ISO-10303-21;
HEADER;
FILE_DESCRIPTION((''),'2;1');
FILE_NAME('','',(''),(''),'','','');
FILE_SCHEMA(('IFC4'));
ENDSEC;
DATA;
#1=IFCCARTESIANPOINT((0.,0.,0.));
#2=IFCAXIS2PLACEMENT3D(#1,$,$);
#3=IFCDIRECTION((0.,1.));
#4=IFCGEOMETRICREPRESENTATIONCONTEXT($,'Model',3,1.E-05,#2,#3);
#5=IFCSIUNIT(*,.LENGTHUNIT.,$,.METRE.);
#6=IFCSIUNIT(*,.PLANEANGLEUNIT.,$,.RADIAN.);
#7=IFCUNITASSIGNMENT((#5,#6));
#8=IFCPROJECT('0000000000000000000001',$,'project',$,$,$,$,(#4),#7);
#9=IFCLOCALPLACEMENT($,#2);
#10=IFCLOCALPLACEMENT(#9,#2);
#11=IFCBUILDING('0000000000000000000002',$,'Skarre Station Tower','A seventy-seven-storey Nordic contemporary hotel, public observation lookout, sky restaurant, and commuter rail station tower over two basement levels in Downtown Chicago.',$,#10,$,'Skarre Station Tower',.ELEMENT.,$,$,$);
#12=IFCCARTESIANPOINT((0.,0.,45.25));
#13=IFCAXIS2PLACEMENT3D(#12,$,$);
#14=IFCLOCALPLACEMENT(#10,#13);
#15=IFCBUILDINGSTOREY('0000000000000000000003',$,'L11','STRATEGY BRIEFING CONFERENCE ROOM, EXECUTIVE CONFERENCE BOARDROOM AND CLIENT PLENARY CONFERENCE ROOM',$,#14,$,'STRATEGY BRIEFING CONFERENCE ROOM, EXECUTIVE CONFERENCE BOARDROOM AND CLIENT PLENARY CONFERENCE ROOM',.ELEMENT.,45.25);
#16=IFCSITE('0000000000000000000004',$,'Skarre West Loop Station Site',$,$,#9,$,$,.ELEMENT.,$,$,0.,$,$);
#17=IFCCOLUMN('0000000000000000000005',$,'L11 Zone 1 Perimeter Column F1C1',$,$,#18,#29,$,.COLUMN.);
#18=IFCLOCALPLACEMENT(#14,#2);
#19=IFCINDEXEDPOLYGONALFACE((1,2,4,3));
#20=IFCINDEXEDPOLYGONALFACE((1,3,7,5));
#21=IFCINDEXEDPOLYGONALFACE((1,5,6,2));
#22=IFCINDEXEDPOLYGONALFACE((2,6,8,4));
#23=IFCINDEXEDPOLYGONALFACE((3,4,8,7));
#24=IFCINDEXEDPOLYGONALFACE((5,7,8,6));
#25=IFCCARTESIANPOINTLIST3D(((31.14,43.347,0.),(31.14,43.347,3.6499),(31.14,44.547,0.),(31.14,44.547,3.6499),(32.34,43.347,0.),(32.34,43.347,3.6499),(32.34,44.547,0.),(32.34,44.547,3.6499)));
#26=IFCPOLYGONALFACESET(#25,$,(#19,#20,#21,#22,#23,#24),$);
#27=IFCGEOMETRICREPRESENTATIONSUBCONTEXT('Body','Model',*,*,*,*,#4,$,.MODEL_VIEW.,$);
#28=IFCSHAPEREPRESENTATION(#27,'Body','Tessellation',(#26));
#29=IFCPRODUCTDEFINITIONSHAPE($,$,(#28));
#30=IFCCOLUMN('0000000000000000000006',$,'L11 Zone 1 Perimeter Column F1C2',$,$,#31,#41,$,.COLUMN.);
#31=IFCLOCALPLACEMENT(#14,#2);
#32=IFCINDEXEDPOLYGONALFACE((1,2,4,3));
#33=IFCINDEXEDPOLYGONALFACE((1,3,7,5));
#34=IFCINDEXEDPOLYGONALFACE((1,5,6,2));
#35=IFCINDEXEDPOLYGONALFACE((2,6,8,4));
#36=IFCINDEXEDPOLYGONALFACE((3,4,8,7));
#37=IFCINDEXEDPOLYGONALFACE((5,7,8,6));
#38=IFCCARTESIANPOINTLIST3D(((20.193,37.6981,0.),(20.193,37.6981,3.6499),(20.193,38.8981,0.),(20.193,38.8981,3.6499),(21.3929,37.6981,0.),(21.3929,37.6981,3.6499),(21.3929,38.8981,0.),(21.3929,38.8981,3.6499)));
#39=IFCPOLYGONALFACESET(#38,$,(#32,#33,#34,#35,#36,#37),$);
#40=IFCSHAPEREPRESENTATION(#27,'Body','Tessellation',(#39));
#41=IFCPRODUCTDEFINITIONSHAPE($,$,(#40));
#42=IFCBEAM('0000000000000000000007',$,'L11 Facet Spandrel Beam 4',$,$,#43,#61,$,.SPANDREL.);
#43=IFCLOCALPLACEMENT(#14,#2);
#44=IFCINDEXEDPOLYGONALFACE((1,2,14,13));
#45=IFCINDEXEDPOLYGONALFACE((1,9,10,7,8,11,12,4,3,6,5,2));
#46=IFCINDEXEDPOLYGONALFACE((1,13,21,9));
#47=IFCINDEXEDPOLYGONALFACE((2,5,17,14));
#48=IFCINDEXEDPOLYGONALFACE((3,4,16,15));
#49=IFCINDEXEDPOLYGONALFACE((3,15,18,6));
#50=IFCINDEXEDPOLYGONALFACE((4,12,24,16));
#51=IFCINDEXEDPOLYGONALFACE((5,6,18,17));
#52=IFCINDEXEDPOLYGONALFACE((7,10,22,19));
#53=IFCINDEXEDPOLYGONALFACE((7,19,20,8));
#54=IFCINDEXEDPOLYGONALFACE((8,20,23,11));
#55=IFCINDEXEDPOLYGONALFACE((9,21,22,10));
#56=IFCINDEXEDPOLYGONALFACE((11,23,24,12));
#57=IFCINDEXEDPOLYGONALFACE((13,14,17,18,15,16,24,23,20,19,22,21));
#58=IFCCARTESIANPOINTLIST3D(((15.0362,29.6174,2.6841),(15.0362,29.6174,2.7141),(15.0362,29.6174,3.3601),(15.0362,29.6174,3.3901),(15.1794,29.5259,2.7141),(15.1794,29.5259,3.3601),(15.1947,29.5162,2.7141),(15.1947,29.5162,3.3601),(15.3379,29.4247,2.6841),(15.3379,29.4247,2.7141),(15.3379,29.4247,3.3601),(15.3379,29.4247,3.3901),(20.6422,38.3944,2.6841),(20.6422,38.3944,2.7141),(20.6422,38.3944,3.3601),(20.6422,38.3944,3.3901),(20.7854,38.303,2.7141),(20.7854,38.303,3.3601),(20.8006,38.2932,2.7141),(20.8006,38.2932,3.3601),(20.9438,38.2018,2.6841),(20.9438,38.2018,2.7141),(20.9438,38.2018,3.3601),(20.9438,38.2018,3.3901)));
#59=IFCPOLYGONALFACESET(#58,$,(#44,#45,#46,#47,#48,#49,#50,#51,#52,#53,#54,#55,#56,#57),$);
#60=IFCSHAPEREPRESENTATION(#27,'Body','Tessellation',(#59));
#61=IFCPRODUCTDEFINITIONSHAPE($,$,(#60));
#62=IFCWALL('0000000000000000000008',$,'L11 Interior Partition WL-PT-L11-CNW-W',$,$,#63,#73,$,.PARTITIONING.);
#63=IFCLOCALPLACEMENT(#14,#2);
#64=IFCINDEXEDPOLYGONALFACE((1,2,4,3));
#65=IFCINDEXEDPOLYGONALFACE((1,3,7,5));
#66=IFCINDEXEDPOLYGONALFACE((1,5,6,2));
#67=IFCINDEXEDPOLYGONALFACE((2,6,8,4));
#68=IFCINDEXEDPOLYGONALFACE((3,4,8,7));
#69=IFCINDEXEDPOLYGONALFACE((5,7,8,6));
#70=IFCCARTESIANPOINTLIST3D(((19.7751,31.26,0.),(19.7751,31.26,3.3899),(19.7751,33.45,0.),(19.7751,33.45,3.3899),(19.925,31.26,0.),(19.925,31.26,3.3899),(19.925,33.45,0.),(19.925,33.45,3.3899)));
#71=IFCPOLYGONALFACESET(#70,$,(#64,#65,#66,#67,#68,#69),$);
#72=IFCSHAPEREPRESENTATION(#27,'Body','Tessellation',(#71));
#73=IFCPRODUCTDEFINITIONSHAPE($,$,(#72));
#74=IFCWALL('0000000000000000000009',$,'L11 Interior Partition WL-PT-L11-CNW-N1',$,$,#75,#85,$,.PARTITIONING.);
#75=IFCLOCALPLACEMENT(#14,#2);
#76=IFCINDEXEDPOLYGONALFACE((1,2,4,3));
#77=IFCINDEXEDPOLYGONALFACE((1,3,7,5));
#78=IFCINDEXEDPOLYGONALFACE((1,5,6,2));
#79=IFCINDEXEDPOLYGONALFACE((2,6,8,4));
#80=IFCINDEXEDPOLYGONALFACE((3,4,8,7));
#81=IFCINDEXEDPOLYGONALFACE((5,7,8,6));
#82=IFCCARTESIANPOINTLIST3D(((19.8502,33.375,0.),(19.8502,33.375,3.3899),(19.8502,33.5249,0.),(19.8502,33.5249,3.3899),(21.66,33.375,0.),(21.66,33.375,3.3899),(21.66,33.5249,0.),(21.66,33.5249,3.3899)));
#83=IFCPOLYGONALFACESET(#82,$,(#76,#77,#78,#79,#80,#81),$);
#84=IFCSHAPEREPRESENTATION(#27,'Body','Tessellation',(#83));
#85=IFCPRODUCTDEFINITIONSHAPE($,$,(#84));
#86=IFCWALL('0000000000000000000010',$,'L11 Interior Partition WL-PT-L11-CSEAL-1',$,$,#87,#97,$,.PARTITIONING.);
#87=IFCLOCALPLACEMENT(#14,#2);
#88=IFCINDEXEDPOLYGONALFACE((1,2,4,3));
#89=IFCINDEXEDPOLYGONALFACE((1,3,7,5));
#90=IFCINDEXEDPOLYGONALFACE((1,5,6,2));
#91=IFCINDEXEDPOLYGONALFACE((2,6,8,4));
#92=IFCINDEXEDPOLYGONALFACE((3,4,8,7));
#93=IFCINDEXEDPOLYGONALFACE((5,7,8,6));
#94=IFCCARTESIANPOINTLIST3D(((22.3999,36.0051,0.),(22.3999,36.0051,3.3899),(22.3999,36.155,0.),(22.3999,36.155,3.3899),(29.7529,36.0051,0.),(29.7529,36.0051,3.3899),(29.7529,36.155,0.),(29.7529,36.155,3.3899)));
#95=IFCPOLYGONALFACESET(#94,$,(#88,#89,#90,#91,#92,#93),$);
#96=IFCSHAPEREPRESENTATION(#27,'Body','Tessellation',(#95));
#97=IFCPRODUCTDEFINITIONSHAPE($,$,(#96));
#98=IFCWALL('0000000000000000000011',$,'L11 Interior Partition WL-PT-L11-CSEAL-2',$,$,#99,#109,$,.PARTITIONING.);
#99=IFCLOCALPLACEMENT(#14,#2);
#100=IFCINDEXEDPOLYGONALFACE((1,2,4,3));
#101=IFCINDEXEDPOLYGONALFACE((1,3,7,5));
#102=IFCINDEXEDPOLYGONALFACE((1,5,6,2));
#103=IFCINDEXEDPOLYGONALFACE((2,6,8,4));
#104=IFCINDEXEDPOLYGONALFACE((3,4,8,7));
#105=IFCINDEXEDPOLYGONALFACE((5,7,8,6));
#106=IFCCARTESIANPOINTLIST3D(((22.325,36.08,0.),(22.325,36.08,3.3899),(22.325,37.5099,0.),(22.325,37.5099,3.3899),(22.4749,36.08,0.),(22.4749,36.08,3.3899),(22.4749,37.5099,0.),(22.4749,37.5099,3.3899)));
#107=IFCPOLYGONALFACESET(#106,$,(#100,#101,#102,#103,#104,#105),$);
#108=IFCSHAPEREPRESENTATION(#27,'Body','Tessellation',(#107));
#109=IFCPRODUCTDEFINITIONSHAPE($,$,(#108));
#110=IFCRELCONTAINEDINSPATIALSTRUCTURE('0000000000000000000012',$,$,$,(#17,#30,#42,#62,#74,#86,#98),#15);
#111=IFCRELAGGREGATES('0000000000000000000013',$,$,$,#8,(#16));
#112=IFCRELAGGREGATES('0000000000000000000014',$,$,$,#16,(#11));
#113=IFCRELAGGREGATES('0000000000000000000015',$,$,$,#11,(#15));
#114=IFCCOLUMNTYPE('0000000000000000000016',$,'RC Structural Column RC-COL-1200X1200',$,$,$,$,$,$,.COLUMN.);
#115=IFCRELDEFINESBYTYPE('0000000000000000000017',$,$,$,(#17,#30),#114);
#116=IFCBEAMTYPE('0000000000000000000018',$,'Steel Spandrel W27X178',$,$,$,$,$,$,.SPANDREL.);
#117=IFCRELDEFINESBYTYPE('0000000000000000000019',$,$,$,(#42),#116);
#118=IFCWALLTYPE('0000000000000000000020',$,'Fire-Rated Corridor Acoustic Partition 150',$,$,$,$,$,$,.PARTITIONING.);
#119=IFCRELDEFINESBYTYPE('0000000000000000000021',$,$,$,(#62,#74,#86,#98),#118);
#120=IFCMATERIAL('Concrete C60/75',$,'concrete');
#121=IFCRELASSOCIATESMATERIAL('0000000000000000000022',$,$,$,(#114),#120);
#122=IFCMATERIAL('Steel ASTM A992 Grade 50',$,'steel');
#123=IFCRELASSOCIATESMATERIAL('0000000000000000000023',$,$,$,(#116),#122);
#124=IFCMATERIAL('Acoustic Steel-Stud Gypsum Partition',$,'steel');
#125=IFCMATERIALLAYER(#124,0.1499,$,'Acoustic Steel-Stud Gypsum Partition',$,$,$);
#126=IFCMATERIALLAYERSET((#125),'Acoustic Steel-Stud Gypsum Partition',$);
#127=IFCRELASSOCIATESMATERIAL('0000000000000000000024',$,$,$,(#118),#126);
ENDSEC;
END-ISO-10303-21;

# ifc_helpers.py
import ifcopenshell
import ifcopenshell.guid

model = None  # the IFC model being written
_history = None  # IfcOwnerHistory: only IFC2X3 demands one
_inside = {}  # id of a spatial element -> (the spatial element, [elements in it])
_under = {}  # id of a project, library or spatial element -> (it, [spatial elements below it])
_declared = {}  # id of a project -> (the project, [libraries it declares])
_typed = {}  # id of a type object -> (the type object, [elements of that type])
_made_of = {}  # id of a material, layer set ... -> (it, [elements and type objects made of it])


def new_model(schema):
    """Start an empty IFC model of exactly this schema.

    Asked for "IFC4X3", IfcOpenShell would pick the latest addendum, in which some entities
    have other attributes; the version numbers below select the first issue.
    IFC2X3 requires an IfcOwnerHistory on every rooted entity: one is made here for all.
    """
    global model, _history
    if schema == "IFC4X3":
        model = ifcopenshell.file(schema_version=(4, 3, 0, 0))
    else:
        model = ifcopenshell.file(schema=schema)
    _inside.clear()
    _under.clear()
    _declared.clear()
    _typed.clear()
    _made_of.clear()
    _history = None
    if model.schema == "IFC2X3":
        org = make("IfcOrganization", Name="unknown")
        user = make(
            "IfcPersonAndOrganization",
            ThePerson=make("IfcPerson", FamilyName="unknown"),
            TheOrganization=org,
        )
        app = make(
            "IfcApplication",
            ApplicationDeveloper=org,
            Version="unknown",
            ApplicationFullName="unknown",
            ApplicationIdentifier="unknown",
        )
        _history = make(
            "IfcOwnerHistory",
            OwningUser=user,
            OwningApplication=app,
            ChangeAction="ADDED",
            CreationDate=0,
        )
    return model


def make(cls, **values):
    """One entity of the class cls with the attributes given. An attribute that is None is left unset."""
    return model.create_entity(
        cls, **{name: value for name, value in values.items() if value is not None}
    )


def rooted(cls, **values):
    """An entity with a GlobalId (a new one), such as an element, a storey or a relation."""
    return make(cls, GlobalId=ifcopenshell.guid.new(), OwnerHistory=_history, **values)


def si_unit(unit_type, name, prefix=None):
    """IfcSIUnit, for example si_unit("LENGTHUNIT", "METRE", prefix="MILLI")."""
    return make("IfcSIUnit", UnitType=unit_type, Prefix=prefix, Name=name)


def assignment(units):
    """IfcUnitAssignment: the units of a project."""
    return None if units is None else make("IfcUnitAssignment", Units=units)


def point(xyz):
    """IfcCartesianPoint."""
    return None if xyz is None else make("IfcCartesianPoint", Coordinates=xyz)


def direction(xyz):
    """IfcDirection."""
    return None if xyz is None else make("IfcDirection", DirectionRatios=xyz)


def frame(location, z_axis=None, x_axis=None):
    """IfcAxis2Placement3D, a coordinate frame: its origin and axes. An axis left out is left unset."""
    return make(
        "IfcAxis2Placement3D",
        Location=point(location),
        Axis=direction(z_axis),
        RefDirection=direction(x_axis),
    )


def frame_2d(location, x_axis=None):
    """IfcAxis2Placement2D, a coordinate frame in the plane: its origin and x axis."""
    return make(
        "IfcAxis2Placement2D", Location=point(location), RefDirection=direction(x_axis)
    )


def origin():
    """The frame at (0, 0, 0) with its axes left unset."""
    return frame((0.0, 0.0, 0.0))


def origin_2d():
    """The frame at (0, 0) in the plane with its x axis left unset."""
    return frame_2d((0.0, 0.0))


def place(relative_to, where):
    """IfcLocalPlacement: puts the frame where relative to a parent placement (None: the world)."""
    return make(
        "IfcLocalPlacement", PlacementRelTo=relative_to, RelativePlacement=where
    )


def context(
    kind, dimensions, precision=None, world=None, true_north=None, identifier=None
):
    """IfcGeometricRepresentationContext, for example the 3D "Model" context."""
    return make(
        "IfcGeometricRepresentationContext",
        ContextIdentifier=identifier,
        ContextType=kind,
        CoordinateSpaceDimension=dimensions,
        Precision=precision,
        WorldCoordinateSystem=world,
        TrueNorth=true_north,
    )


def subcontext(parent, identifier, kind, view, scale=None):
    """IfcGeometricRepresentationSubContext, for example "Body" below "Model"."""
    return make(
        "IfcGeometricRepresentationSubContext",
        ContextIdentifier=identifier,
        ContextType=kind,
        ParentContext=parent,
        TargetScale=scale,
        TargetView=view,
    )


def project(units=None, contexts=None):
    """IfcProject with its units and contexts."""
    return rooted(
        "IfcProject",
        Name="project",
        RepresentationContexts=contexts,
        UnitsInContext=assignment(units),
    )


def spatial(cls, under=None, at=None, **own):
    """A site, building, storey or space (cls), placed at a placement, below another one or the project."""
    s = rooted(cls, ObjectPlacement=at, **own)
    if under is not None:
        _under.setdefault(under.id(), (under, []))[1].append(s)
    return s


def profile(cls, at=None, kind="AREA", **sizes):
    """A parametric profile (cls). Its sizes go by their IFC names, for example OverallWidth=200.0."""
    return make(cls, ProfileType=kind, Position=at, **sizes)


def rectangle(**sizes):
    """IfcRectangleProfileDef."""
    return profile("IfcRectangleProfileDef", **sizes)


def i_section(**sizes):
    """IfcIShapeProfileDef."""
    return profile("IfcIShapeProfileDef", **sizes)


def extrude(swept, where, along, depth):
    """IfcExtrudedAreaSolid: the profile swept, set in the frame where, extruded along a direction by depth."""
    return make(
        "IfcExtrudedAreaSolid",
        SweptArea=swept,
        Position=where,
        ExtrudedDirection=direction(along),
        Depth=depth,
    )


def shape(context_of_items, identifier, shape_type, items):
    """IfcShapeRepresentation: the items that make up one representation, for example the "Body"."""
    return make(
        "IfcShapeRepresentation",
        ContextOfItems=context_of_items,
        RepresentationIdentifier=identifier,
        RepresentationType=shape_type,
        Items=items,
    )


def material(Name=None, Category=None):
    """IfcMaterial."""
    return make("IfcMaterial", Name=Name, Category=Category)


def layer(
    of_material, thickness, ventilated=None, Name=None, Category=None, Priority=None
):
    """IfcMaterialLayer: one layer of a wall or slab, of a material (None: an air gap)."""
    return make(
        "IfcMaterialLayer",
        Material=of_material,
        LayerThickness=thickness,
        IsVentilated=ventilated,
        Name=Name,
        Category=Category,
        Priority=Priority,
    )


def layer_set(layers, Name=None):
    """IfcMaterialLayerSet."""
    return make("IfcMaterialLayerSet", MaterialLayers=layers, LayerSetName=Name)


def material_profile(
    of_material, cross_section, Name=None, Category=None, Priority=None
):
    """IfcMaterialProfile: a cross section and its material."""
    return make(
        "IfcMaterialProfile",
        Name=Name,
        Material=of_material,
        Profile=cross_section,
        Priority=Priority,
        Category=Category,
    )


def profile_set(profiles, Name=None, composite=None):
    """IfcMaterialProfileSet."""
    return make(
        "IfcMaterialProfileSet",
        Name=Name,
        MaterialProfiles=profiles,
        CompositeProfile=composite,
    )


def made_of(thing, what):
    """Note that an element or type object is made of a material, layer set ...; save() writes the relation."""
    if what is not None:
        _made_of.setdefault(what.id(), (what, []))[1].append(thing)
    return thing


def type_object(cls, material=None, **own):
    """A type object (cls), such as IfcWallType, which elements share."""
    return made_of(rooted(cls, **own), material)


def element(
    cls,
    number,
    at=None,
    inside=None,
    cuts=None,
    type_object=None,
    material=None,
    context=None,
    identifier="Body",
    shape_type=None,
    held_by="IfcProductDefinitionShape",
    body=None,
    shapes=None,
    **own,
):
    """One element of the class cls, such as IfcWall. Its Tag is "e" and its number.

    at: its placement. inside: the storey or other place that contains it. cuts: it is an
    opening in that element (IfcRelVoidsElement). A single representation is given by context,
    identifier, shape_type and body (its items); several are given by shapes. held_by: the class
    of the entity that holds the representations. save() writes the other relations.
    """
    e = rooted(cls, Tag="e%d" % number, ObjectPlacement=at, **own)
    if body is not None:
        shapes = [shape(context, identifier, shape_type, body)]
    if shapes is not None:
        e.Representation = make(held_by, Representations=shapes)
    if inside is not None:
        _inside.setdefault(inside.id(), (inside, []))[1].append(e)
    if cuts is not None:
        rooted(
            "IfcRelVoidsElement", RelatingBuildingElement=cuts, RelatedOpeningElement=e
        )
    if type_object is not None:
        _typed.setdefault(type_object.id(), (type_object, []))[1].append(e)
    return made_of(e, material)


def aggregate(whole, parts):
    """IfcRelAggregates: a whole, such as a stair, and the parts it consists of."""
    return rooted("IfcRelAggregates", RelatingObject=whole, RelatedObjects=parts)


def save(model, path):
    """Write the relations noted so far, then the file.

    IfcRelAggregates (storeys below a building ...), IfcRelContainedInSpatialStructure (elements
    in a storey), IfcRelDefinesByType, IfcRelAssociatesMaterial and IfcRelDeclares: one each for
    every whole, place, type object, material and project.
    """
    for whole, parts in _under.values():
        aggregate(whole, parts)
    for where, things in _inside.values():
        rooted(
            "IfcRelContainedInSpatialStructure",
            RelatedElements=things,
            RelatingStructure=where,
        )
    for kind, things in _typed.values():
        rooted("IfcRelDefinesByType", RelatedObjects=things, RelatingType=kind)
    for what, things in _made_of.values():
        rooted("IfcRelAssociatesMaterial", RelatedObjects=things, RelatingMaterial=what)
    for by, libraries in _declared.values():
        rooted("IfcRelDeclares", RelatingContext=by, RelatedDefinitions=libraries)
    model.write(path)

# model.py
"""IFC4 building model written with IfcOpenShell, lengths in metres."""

from ifc_helpers import new_model, si_unit, direction, frame, frame_2d, origin, origin_2d, place, context, subcontext, project, spatial, rectangle, i_section, extrude, material, layer, layer_set, material_profile, profile_set, type_object, element, save


model = new_model("IFC4")

# Units and contexts
model_context = context("Model", 3, precision=1e-05, world=origin(), true_north=direction((0.0, 1.0)))
body_context = subcontext(model_context, "Body", "Model", "MODEL_VIEW")
ifc_project = project(units=[si_unit("LENGTHUNIT", "METRE"), si_unit("PLANEANGLEUNIT", "RADIAN")], contexts=[model_context])

# Site, building, storey
site_placement = place(None, origin())
site = spatial("IfcSite", under=ifc_project, at=site_placement, Name="Skarre West Loop Station Site", CompositionType="ELEMENT", RefElevation=0.0)
building_placement = place(site_placement, origin())
building = spatial("IfcBuilding", under=site, at=building_placement, Name="Skarre Station Tower", Description="A seventy-seven-storey Nordic contemporary hotel, public observation lookout, sky restaurant, and commuter rail station tower over two basement levels in Downtown Chicago.", LongName="Skarre Station Tower", CompositionType="ELEMENT")
storey_placement = place(building_placement, frame((0.0, 0.0, 45.25)))
storey = spatial("IfcBuildingStorey", under=building, at=storey_placement, Name="L11", Description="STRATEGY BRIEFING CONFERENCE ROOM, EXECUTIVE CONFERENCE BOARDROOM AND CLIENT PLENARY CONFERENCE ROOM", LongName="STRATEGY BRIEFING CONFERENCE ROOM, EXECUTIVE CONFERENCE BOARDROOM AND CLIENT PLENARY CONFERENCE ROOM", CompositionType="ELEMENT", Elevation=45.25)

# Columns
ifc_material_1 = material(Name="Concrete C60/75", Category="concrete")
ifc_material_profile_1 = material_profile(ifc_material_1, rectangle(XDim=1.2, YDim=1.2, at=origin_2d()), Name="Concrete C60/75")
ifc_profile_set_1 = profile_set([ifc_material_profile_1], Name="Concrete C60/75")
column_type = type_object("IfcColumnType", Name="RC Structural Column RC-COL-1200X1200", PredefinedType="COLUMN", material=ifc_profile_set_1)
for number, where, z_axis, x_axis, name in (
    (1, (31.74, 43.947, 0.0), (0.0, 0.0, 1.0), (1.0, 0.0, 0.0), "L11 Zone 1 Perimeter Column F1C1"),
    (2, (20.793, 38.2981, 0.0), (0.0, 0.0, 1.0), (1.0, 0.0, 0.0), "L11 Zone 1 Perimeter Column F1C2"),
):
    element("IfcColumn", number, at=place(storey_placement, frame(where, z_axis=z_axis, x_axis=x_axis)), inside=storey, type_object=column_type, Name=name, PredefinedType="COLUMN", context=body_context, shape_type="SweptSolid", body=[
        extrude(rectangle(XDim=1.2, YDim=1.2, at=origin_2d()), origin(), (0.0, 0.0, 1.0), 3.6499),
    ])

# Beam
ifc_material_2 = material(Name="Steel ASTM A992 Grade 50", Category="steel")
ifc_material_profile_2 = material_profile(ifc_material_2, i_section(OverallWidth=0.3579, OverallDepth=0.7061, WebThickness=0.0181, FlangeThickness=0.03, at=origin_2d()), Name="Steel ASTM A992 Grade 50")
ifc_profile_set_2 = profile_set([ifc_material_profile_2], Name="Steel ASTM A992 Grade 50")
beam_type = type_object("IfcBeamType", Name="Steel Spandrel W27X178", PredefinedType="SPANDREL", material=ifc_profile_set_2)
beam_placement = place(storey_placement, frame((20.793, 38.2981, 3.0371), z_axis=(-0.538278, -0.842767, 0.0), x_axis=(0.842767, -0.538278, 0.0)))
element("IfcBeam", 3, at=beam_placement, inside=storey, type_object=beam_type, Name="L11 Facet Spandrel Beam 4", PredefinedType="SPANDREL", context=body_context, shape_type="SweptSolid", body=[
    extrude(i_section(OverallWidth=0.3579, OverallDepth=0.7061, WebThickness=0.0181, FlangeThickness=0.03, at=origin_2d()), origin(), (0.0, 0.0, 1.0), 10.4146),
])

# Walls
ifc_material_3 = material(Name="Acoustic Steel-Stud Gypsum Partition", Category="steel")
ifc_layer_1 = layer(ifc_material_3, 0.1499, Name="Acoustic Steel-Stud Gypsum Partition")
ifc_layer_set_1 = layer_set([ifc_layer_1], Name="Acoustic Steel-Stud Gypsum Partition")
wall_type_1 = type_object("IfcWallType", Name="Fire-Rated Corridor Acoustic Partition 150", PredefinedType="PARTITIONING", material=ifc_layer_set_1)
wall_1_placement = place(storey_placement, frame((19.8501, 33.45, 0.0), z_axis=(0.0, 0.0, 1.0), x_axis=(0.0, -1.0, 0.0)))
element("IfcWall", 4, at=wall_1_placement, inside=storey, type_object=wall_type_1, Name="L11 Interior Partition WL-PT-L11-CNW-W", PredefinedType="PARTITIONING", context=body_context, shape_type="SweptSolid", body=[
    extrude(rectangle(XDim=2.1899, YDim=0.1499, at=frame_2d((1.095, 0.0))), origin(), (0.0, 0.0, 1.0), 3.3899),
])
wall_2_placement = place(storey_placement, frame((21.6599, 33.45, 0.0), z_axis=(0.0, 0.0, 1.0), x_axis=(-1.0, 0.0, 0.0)))
element("IfcWall", 5, at=wall_2_placement, inside=storey, type_object=wall_type_1, Name="L11 Interior Partition WL-PT-L11-CNW-N1", PredefinedType="PARTITIONING", context=body_context, shape_type="SweptSolid", body=[
    extrude(rectangle(XDim=1.8098, YDim=0.1499, at=frame_2d((0.9048, 0.0))), origin(), (0.0, 0.0, 1.0), 3.3899),
])
wall_3_placement = place(storey_placement, frame((29.7529, 36.0801, 0.0), z_axis=(0.0, 0.0, 1.0), x_axis=(-1.0, 0.0, 0.0)))
element("IfcWall", 6, at=wall_3_placement, inside=storey, type_object=wall_type_1, Name="L11 Interior Partition WL-PT-L11-CSEAL-1", PredefinedType="PARTITIONING", context=body_context, shape_type="SweptSolid", body=[
    extrude(rectangle(XDim=7.353, YDim=0.1499, at=frame_2d((3.6765, 0.0))), origin(), (0.0, 0.0, 1.0), 3.3899),
])
wall_4_placement = place(storey_placement, frame((22.3999, 36.0801, 0.0), z_axis=(0.0, 0.0, 1.0), x_axis=(0.0, 1.0, 0.0)))
element("IfcWall", 7, at=wall_4_placement, inside=storey, type_object=wall_type_1, Name="L11 Interior Partition WL-PT-L11-CSEAL-2", PredefinedType="PARTITIONING", context=body_context, shape_type="SweptSolid", body=[
    extrude(rectangle(XDim=1.4299, YDim=0.1499, at=frame_2d((0.7148, 0.0))), origin(), (0.0, 0.0, 1.0), 3.3899),
])

save(model, "model.ifc")
